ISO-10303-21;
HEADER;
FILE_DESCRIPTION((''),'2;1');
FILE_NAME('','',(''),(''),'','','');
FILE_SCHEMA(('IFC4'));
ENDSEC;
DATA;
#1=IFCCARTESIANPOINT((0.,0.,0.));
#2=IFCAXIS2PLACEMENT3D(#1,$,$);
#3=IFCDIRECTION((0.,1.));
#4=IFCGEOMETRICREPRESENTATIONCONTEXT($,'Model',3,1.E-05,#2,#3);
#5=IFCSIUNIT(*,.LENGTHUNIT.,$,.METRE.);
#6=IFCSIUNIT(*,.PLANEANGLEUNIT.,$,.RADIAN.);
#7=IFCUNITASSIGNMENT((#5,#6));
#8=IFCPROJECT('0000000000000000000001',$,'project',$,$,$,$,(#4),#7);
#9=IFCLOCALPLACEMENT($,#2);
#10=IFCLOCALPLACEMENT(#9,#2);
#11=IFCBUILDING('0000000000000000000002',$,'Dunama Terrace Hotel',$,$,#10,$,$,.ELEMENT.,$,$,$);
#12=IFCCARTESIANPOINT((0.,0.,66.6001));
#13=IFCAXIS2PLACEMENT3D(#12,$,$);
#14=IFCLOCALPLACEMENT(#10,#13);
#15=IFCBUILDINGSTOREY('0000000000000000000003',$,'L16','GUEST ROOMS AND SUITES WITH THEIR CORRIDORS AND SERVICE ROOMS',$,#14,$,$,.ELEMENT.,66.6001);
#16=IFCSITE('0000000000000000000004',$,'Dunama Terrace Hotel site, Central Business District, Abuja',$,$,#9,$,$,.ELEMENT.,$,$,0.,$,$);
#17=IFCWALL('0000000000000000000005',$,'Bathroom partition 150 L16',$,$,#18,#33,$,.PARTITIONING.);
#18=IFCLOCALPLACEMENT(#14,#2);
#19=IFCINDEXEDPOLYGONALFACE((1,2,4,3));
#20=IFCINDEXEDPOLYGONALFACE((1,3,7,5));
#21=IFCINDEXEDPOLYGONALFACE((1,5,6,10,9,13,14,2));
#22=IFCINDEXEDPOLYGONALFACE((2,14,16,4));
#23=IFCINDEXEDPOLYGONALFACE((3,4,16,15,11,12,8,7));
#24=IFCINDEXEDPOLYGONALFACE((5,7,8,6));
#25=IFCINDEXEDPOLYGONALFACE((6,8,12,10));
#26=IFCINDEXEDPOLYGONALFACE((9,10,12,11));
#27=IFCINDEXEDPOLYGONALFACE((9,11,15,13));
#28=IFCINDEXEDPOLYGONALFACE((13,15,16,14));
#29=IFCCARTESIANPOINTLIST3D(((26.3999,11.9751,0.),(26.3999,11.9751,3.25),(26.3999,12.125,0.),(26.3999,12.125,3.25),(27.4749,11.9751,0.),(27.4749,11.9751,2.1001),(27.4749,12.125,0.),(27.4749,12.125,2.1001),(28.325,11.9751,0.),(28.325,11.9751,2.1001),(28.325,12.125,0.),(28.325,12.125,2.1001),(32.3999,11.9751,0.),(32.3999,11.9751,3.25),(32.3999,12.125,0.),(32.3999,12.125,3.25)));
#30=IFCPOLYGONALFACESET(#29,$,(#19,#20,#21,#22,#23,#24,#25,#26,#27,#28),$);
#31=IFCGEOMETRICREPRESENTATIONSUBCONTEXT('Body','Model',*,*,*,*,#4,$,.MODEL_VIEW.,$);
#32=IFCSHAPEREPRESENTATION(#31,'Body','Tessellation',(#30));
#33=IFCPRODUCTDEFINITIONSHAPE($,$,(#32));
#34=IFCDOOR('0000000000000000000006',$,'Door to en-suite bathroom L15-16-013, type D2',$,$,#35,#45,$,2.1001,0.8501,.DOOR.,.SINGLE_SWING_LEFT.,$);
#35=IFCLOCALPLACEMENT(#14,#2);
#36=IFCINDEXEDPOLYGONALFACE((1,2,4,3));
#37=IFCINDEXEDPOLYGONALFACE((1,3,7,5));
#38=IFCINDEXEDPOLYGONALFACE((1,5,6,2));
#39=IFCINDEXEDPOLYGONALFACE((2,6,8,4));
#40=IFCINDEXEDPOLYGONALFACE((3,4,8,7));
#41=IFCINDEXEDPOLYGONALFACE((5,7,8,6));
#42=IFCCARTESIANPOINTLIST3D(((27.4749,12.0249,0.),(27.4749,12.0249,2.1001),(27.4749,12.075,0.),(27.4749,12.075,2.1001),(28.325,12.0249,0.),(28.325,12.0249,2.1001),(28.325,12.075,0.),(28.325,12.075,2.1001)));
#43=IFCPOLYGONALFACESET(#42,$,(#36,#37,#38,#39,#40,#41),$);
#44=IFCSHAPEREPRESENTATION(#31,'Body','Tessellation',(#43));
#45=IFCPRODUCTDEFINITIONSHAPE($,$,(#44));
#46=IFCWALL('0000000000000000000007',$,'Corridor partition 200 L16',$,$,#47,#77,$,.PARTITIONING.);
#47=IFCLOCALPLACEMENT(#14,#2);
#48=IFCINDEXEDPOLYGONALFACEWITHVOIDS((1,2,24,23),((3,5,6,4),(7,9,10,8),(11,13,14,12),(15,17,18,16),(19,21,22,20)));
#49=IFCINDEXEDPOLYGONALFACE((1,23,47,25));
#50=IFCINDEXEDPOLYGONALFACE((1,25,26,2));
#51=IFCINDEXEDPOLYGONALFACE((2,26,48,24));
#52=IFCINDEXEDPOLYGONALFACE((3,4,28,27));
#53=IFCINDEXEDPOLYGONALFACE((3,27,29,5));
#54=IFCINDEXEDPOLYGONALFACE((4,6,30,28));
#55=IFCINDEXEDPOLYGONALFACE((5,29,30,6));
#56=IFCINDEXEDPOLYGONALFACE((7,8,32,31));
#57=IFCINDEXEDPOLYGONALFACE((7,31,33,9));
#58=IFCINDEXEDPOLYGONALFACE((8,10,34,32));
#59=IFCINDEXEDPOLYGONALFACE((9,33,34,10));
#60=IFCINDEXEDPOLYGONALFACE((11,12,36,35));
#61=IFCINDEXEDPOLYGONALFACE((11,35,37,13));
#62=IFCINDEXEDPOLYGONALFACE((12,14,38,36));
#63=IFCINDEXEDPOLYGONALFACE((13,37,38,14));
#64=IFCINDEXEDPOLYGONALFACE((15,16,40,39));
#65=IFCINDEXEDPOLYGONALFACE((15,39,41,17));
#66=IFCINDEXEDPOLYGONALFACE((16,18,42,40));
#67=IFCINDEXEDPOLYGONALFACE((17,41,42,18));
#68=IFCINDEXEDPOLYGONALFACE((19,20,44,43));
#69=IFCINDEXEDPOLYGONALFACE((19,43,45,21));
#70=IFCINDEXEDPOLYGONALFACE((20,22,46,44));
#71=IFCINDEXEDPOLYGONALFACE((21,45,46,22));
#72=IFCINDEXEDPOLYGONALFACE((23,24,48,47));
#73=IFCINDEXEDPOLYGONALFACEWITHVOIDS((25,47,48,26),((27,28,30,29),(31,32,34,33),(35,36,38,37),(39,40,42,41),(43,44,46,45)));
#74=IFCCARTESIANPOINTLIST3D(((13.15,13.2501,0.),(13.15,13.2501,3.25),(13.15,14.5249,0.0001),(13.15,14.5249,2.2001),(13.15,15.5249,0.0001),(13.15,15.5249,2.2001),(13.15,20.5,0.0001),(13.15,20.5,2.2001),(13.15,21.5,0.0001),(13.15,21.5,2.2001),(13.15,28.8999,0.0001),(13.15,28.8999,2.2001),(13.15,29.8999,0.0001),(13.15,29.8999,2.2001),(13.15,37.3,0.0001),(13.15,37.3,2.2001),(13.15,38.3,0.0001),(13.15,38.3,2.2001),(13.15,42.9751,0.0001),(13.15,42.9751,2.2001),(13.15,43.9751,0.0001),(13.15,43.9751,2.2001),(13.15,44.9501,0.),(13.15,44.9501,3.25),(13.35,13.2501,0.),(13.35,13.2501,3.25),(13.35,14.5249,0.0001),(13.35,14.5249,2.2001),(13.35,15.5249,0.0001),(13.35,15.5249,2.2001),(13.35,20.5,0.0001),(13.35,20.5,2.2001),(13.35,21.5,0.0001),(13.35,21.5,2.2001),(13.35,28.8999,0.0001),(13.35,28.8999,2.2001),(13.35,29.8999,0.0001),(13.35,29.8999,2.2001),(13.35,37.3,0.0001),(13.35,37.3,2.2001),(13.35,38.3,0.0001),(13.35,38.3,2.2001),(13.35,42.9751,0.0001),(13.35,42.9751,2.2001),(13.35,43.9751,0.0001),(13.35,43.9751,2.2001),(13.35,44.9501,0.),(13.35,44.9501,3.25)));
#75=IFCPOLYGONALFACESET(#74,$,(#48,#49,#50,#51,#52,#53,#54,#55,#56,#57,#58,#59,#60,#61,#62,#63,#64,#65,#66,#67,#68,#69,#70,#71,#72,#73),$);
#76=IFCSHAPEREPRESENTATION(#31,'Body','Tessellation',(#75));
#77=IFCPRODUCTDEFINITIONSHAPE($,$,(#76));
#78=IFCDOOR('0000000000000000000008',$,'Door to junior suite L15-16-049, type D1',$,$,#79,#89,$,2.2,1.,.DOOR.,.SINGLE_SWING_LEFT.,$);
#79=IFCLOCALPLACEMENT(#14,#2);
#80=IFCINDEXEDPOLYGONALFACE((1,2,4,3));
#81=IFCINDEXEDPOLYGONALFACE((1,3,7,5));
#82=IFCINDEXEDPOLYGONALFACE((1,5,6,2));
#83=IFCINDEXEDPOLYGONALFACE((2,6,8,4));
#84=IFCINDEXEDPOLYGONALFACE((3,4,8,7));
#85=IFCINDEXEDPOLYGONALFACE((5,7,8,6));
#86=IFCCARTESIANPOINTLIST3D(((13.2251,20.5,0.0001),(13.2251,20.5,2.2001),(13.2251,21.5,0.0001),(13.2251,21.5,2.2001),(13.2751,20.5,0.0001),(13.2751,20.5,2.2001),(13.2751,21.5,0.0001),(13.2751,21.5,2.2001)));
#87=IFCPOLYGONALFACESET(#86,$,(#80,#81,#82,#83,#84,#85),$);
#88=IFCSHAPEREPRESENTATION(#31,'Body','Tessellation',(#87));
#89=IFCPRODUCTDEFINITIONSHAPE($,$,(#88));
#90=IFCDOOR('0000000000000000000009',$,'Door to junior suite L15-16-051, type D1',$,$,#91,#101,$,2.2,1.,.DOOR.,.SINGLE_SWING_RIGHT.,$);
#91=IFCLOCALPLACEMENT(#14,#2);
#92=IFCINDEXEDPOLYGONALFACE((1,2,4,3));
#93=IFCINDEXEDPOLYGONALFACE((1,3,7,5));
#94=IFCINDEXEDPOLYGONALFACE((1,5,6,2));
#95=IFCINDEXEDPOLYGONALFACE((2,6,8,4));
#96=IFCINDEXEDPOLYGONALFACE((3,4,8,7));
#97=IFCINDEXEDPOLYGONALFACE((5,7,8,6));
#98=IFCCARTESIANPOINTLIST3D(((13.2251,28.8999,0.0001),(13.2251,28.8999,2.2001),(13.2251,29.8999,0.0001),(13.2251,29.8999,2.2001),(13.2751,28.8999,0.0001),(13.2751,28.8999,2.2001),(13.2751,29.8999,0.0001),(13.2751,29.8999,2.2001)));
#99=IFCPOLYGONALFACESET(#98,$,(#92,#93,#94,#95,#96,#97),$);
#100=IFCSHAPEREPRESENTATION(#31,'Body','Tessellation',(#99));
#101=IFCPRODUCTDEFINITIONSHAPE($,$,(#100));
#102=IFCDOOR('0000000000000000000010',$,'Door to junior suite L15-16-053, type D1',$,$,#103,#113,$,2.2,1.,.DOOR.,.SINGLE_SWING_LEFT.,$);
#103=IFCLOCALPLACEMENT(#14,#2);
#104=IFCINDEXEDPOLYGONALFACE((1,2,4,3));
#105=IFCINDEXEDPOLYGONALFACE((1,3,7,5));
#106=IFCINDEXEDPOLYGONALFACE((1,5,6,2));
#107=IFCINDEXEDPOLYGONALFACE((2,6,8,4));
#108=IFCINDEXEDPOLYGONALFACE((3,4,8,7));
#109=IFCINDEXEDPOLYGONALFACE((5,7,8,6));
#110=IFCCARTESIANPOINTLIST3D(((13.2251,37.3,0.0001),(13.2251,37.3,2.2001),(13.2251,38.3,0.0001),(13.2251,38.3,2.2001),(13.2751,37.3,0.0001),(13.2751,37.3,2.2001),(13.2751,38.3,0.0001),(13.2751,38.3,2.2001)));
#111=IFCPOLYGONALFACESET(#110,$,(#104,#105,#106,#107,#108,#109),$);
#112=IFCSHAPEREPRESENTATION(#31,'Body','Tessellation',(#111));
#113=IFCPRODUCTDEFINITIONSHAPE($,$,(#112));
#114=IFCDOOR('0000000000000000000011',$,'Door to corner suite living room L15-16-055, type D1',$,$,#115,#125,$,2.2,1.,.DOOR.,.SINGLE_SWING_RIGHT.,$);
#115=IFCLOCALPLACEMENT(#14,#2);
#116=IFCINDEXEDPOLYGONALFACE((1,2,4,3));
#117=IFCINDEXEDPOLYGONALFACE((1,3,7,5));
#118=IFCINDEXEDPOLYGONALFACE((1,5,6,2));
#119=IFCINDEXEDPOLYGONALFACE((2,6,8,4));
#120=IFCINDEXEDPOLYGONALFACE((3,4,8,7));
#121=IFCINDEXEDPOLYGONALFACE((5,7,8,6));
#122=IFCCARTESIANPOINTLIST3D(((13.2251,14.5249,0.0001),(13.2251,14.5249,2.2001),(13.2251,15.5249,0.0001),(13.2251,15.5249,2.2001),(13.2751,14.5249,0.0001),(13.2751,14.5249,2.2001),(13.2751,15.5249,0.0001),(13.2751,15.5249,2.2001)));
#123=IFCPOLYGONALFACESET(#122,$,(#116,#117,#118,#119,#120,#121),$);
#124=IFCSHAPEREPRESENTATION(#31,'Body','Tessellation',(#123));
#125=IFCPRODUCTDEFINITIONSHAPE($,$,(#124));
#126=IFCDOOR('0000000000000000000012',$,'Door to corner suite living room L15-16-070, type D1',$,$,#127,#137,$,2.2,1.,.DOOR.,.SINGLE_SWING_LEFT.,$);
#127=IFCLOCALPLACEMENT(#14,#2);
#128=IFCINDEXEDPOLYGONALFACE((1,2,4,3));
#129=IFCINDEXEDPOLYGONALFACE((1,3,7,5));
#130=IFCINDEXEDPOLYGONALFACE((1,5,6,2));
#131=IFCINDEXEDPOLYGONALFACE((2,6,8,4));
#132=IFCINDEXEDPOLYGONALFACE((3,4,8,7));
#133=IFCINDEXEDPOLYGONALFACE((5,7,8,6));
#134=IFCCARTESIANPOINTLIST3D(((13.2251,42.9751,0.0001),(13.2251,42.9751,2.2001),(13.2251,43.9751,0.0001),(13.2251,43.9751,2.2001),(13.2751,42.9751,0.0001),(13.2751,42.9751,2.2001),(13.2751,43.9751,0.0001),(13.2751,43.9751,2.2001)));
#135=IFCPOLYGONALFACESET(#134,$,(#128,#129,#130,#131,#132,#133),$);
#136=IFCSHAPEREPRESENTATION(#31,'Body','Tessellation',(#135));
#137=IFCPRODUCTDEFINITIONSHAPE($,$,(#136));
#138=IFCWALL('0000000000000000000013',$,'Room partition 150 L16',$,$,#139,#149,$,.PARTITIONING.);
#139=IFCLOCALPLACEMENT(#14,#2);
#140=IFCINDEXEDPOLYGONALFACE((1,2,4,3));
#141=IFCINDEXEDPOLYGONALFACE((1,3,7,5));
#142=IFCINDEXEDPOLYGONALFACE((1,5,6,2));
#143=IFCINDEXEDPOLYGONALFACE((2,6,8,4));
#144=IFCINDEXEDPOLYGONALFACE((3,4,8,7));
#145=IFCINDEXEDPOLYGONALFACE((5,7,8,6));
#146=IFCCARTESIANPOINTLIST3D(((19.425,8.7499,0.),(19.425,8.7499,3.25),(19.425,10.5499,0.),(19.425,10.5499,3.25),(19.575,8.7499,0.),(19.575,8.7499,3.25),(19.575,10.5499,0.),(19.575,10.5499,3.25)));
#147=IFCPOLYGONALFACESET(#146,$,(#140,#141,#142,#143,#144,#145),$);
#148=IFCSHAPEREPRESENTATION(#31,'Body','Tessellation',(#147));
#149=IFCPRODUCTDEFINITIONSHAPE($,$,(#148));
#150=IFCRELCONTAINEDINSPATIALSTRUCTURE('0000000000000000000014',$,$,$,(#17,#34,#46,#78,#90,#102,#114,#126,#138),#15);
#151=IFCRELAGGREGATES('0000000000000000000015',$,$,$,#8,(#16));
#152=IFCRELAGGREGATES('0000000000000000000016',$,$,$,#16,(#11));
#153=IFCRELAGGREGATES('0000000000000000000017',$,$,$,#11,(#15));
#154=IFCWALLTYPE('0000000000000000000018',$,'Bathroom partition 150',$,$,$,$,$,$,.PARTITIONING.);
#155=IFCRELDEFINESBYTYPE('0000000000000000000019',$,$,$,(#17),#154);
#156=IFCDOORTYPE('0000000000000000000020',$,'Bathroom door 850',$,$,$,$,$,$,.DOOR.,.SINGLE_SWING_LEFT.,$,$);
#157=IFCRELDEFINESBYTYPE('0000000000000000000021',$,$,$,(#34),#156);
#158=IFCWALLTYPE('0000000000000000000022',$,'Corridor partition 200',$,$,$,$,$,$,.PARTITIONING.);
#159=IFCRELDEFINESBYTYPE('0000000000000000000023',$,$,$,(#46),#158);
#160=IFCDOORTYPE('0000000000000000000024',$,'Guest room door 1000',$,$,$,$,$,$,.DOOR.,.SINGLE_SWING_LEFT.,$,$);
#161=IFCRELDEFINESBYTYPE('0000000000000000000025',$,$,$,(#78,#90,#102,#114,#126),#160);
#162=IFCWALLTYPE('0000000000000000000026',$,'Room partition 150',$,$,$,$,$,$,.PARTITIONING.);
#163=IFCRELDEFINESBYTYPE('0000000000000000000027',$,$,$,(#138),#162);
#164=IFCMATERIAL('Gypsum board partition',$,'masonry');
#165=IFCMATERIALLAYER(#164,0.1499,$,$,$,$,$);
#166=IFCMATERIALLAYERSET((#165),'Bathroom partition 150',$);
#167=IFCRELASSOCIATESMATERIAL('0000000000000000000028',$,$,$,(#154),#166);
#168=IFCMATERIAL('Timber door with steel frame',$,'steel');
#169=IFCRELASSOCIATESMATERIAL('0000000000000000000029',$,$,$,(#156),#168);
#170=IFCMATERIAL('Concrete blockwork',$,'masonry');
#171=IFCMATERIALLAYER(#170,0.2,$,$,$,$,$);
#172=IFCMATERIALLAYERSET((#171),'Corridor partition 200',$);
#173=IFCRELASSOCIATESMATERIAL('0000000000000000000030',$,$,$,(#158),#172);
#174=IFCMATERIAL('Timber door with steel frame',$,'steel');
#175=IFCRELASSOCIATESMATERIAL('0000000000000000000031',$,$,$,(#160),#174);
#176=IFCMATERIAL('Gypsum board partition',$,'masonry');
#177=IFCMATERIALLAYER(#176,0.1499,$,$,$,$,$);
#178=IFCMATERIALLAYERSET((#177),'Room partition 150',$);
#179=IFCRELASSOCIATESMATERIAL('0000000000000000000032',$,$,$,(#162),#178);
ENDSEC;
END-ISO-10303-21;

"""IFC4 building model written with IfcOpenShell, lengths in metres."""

from ifc_helpers import new_model, si_unit, direction, frame, frame_2d, origin, place, context, subcontext, project, spatial, rectangle, extrude, material, layer, layer_set, type_object, element, fill, save


model = new_model("IFC4")

# Units and contexts
model_context = context("Model", 3, precision=1e-05, world=origin(), true_north=direction((0.0, 1.0)))
body_context = subcontext(model_context, "Body", "Model", "MODEL_VIEW")
ifc_project = project(units=[si_unit("LENGTHUNIT", "METRE"), si_unit("PLANEANGLEUNIT", "RADIAN")], contexts=[model_context])

# Site, building, storey
site_placement = place(None, origin())
site = spatial("IfcSite", under=ifc_project, at=site_placement, Name="Dunama Terrace Hotel site, Central Business District, Abuja", CompositionType="ELEMENT", RefElevation=0.0)
building_placement = place(site_placement, origin())
building = spatial("IfcBuilding", under=site, at=building_placement, Name="Dunama Terrace Hotel", CompositionType="ELEMENT")
storey_placement = place(building_placement, frame((0.0, 0.0, 66.6001)))
storey = spatial("IfcBuildingStorey", under=building, at=storey_placement, Name="L16", Description="GUEST ROOMS AND SUITES WITH THEIR CORRIDORS AND SERVICE ROOMS", CompositionType="ELEMENT", Elevation=66.6001)

# Shared definitions
ifc_material_1 = material(Name="Gypsum board partition", Category="masonry")
ifc_layer_1 = layer(ifc_material_1, 0.1499)
ifc_layer_set_1 = layer_set([ifc_layer_1], Name="Bathroom partition 150")
wall_type_1 = type_object("IfcWallType", Name="Bathroom partition 150", PredefinedType="PARTITIONING", material=ifc_layer_set_1)

# Shared definitions
ifc_material_2 = material(Name="Timber door with steel frame", Category="steel")
door_type_1 = type_object("IfcDoorType", Name="Bathroom door 850", OperationType="SINGLE_SWING_LEFT", PredefinedType="DOOR", material=ifc_material_2)

# Wall, opening, door
wall_1_placement = place(storey_placement, frame((26.3999, 12.05, 0.0), z_axis=(0.0, 0.0, 1.0), x_axis=(1.0, 0.0, 0.0)))
wall_1 = element("IfcWall", 1, at=wall_1_placement, inside=storey, type_object=wall_type_1, Name="Bathroom partition 150 L16", PredefinedType="PARTITIONING", context=body_context, shape_type="SweptSolid", body=[
    extrude(rectangle(XDim=6.0, YDim=0.1499, at=frame_2d((3.0, 0.0))), origin(), (0.0, 0.0, 1.0), 3.25),
])
opening_1_placement = place(wall_1_placement, frame((1.075, 0.0, 0.0)))
opening_1 = element("IfcOpeningElement", 2, at=opening_1_placement, cuts=wall_1, PredefinedType="OPENING", context=body_context, shape_type="SweptSolid", body=[
    extrude(rectangle(XDim=0.8501, YDim=2.1001, at=frame_2d((0.425, 1.05))), frame((0.0, 0.085, 0.0), z_axis=(0.0, -1.0, 0.0), x_axis=(1.0, 0.0, 0.0)), (0.0, 0.0, 1.0), 0.1699),
])
door_1_placement = place(opening_1_placement, frame((0.8501, 0.0, 0.0), z_axis=(0.0, 0.0, 1.0), x_axis=(-1.0, 0.0, 0.0)))
door_1 = element("IfcDoor", 3, at=door_1_placement, inside=storey, type_object=door_type_1, Name="Door to en-suite bathroom L15-16-013, type D2", OperationType="SINGLE_SWING_LEFT", OverallHeight=2.1001, OverallWidth=0.8501, PredefinedType="DOOR", context=body_context, shape_type="SweptSolid", body=[
    extrude(rectangle(XDim=0.8501, YDim=2.1001, at=frame_2d((0.425, 1.05))), frame((0.0, 0.0251, 0.0), z_axis=(0.0, -1.0, 0.0), x_axis=(1.0, 0.0, 0.0)), (0.0, 0.0, 1.0), 0.05),
])
fill(opening_1, door_1)

# Wall, openings, doors
ifc_material_3 = material(Name="Concrete blockwork", Category="masonry")
ifc_layer_2 = layer(ifc_material_3, 0.2)
ifc_layer_set_2 = layer_set([ifc_layer_2], Name="Corridor partition 200")
wall_type_2 = type_object("IfcWallType", Name="Corridor partition 200", PredefinedType="PARTITIONING", material=ifc_layer_set_2)
wall_2_placement = place(storey_placement, frame((13.25, 13.25, 0.0), z_axis=(0.0, 0.0, 1.0), x_axis=(0.0, 1.0, 0.0)))
wall_2 = element("IfcWall", 4, at=wall_2_placement, inside=storey, type_object=wall_type_2, Name="Corridor partition 200 L16", PredefinedType="PARTITIONING", context=body_context, shape_type="SweptSolid", body=[
    extrude(rectangle(XDim=31.7, YDim=0.2, at=frame_2d((15.8501, 0.0))), origin(), (0.0, 0.0, 1.0), 3.25),
])
opening_2_placement = place(wall_2_placement, frame((7.25, 0.0, 0.0)))
opening_2 = element("IfcOpeningElement", 5, at=opening_2_placement, cuts=wall_2, PredefinedType="OPENING", context=body_context, shape_type="SweptSolid", body=[
    extrude(rectangle(XDim=1.0, YDim=2.2, at=frame_2d((0.5, 1.1001))), frame((0.0, 0.1099, 0.0), z_axis=(0.0, -1.0, 0.0), x_axis=(1.0, 0.0, 0.0)), (0.0, 0.0, 1.0), 0.22),
])
opening_3_placement = place(wall_2_placement, frame((15.6499, 0.0, 0.0)))
opening_3 = element("IfcOpeningElement", 6, at=opening_3_placement, cuts=wall_2, PredefinedType="OPENING", context=body_context, shape_type="SweptSolid", body=[
    extrude(rectangle(XDim=1.0, YDim=2.2, at=frame_2d((0.5, 1.1001))), frame((0.0, 0.1099, 0.0), z_axis=(0.0, -1.0, 0.0), x_axis=(1.0, 0.0, 0.0)), (0.0, 0.0, 1.0), 0.22),
])
opening_4_placement = place(wall_2_placement, frame((24.05, 0.0, 0.0)))
opening_4 = element("IfcOpeningElement", 7, at=opening_4_placement, cuts=wall_2, PredefinedType="OPENING", context=body_context, shape_type="SweptSolid", body=[
    extrude(rectangle(XDim=1.0, YDim=2.2, at=frame_2d((0.5, 1.1001))), frame((0.0, 0.1099, 0.0), z_axis=(0.0, -1.0, 0.0), x_axis=(1.0, 0.0, 0.0)), (0.0, 0.0, 1.0), 0.22),
])
opening_5_placement = place(wall_2_placement, frame((1.2749, 0.0, 0.0)))
opening_5 = element("IfcOpeningElement", 8, at=opening_5_placement, cuts=wall_2, PredefinedType="OPENING", context=body_context, shape_type="SweptSolid", body=[
    extrude(rectangle(XDim=1.0, YDim=2.2, at=frame_2d((0.5, 1.1001))), frame((0.0, 0.1099, 0.0), z_axis=(0.0, -1.0, 0.0), x_axis=(1.0, 0.0, 0.0)), (0.0, 0.0, 1.0), 0.22),
])
opening_6_placement = place(wall_2_placement, frame((29.7251, 0.0, 0.0)))
opening_6 = element("IfcOpeningElement", 9, at=opening_6_placement, cuts=wall_2, PredefinedType="OPENING", context=body_context, shape_type="SweptSolid", body=[
    extrude(rectangle(XDim=1.0, YDim=2.2, at=frame_2d((0.5, 1.1001))), frame((0.0, 0.1099, 0.0), z_axis=(0.0, -1.0, 0.0), x_axis=(1.0, 0.0, 0.0)), (0.0, 0.0, 1.0), 0.22),
])
ifc_material_4 = material(Name="Timber door with steel frame", Category="steel")
door_type_2 = type_object("IfcDoorType", Name="Guest room door 1000", OperationType="SINGLE_SWING_LEFT", PredefinedType="DOOR", material=ifc_material_4)
door_2_placement = place(opening_2_placement, origin())
door_2 = element("IfcDoor", 10, at=door_2_placement, inside=storey, type_object=door_type_2, Name="Door to junior suite L15-16-049, type D1", OperationType="SINGLE_SWING_LEFT", OverallHeight=2.2, OverallWidth=1.0, PredefinedType="DOOR", context=body_context, shape_type="SweptSolid", body=[
    extrude(rectangle(XDim=1.0, YDim=2.2, at=frame_2d((0.5, 1.1001))), frame((0.0, 0.0249, 0.0), z_axis=(0.0, -1.0, 0.0), x_axis=(1.0, 0.0, 0.0)), (0.0, 0.0, 1.0), 0.05),
])
fill(opening_2, door_2)
door_3_placement = place(opening_3_placement, origin())
door_3 = element("IfcDoor", 11, at=door_3_placement, inside=storey, type_object=door_type_2, Name="Door to junior suite L15-16-051, type D1", OperationType="SINGLE_SWING_RIGHT", OverallHeight=2.2, OverallWidth=1.0, PredefinedType="DOOR", context=body_context, shape_type="SweptSolid", body=[
    extrude(rectangle(XDim=1.0, YDim=2.2, at=frame_2d((0.5, 1.1001))), frame((0.0, 0.0249, 0.0), z_axis=(0.0, -1.0, 0.0), x_axis=(1.0, 0.0, 0.0)), (0.0, 0.0, 1.0), 0.05),
])
fill(opening_3, door_3)
door_4_placement = place(opening_4_placement, origin())
door_4 = element("IfcDoor", 12, at=door_4_placement, inside=storey, type_object=door_type_2, Name="Door to junior suite L15-16-053, type D1", OperationType="SINGLE_SWING_LEFT", OverallHeight=2.2, OverallWidth=1.0, PredefinedType="DOOR", context=body_context, shape_type="SweptSolid", body=[
    extrude(rectangle(XDim=1.0, YDim=2.2, at=frame_2d((0.5, 1.1001))), frame((0.0, 0.0249, 0.0), z_axis=(0.0, -1.0, 0.0), x_axis=(1.0, 0.0, 0.0)), (0.0, 0.0, 1.0), 0.05),
])
fill(opening_4, door_4)
door_5_placement = place(opening_5_placement, origin())
door_5 = element("IfcDoor", 13, at=door_5_placement, inside=storey, type_object=door_type_2, Name="Door to corner suite living room L15-16-055, type D1", OperationType="SINGLE_SWING_RIGHT", OverallHeight=2.2, OverallWidth=1.0, PredefinedType="DOOR", context=body_context, shape_type="SweptSolid", body=[
    extrude(rectangle(XDim=1.0, YDim=2.2, at=frame_2d((0.5, 1.1001))), frame((0.0, 0.0249, 0.0), z_axis=(0.0, -1.0, 0.0), x_axis=(1.0, 0.0, 0.0)), (0.0, 0.0, 1.0), 0.05),
])
fill(opening_5, door_5)
door_6_placement = place(opening_6_placement, origin())
door_6 = element("IfcDoor", 14, at=door_6_placement, inside=storey, type_object=door_type_2, Name="Door to corner suite living room L15-16-070, type D1", OperationType="SINGLE_SWING_LEFT", OverallHeight=2.2, OverallWidth=1.0, PredefinedType="DOOR", context=body_context, shape_type="SweptSolid", body=[
    extrude(rectangle(XDim=1.0, YDim=2.2, at=frame_2d((0.5, 1.1001))), frame((0.0, 0.0249, 0.0), z_axis=(0.0, -1.0, 0.0), x_axis=(1.0, 0.0, 0.0)), (0.0, 0.0, 1.0), 0.05),
])
fill(opening_6, door_6)

# Wall
ifc_material_5 = material(Name="Gypsum board partition", Category="masonry")
ifc_layer_3 = layer(ifc_material_5, 0.1499)
ifc_layer_set_3 = layer_set([ifc_layer_3], Name="Room partition 150")
wall_type_3 = type_object("IfcWallType", Name="Room partition 150", PredefinedType="PARTITIONING", material=ifc_layer_set_3)
wall_3_placement = place(storey_placement, frame((19.5, 8.75, 0.0), z_axis=(0.0, 0.0, 1.0), x_axis=(0.0, 1.0, 0.0)))
element("IfcWall", 15, at=wall_3_placement, inside=storey, type_object=wall_type_3, Name="Room partition 150 L16", PredefinedType="PARTITIONING", context=body_context, shape_type="SweptSolid", body=[
    extrude(rectangle(XDim=1.8, YDim=0.1499, at=frame_2d((0.8999, 0.0))), origin(), (0.0, 0.0, 1.0), 3.25),
])

save(model, "model.ifc")
